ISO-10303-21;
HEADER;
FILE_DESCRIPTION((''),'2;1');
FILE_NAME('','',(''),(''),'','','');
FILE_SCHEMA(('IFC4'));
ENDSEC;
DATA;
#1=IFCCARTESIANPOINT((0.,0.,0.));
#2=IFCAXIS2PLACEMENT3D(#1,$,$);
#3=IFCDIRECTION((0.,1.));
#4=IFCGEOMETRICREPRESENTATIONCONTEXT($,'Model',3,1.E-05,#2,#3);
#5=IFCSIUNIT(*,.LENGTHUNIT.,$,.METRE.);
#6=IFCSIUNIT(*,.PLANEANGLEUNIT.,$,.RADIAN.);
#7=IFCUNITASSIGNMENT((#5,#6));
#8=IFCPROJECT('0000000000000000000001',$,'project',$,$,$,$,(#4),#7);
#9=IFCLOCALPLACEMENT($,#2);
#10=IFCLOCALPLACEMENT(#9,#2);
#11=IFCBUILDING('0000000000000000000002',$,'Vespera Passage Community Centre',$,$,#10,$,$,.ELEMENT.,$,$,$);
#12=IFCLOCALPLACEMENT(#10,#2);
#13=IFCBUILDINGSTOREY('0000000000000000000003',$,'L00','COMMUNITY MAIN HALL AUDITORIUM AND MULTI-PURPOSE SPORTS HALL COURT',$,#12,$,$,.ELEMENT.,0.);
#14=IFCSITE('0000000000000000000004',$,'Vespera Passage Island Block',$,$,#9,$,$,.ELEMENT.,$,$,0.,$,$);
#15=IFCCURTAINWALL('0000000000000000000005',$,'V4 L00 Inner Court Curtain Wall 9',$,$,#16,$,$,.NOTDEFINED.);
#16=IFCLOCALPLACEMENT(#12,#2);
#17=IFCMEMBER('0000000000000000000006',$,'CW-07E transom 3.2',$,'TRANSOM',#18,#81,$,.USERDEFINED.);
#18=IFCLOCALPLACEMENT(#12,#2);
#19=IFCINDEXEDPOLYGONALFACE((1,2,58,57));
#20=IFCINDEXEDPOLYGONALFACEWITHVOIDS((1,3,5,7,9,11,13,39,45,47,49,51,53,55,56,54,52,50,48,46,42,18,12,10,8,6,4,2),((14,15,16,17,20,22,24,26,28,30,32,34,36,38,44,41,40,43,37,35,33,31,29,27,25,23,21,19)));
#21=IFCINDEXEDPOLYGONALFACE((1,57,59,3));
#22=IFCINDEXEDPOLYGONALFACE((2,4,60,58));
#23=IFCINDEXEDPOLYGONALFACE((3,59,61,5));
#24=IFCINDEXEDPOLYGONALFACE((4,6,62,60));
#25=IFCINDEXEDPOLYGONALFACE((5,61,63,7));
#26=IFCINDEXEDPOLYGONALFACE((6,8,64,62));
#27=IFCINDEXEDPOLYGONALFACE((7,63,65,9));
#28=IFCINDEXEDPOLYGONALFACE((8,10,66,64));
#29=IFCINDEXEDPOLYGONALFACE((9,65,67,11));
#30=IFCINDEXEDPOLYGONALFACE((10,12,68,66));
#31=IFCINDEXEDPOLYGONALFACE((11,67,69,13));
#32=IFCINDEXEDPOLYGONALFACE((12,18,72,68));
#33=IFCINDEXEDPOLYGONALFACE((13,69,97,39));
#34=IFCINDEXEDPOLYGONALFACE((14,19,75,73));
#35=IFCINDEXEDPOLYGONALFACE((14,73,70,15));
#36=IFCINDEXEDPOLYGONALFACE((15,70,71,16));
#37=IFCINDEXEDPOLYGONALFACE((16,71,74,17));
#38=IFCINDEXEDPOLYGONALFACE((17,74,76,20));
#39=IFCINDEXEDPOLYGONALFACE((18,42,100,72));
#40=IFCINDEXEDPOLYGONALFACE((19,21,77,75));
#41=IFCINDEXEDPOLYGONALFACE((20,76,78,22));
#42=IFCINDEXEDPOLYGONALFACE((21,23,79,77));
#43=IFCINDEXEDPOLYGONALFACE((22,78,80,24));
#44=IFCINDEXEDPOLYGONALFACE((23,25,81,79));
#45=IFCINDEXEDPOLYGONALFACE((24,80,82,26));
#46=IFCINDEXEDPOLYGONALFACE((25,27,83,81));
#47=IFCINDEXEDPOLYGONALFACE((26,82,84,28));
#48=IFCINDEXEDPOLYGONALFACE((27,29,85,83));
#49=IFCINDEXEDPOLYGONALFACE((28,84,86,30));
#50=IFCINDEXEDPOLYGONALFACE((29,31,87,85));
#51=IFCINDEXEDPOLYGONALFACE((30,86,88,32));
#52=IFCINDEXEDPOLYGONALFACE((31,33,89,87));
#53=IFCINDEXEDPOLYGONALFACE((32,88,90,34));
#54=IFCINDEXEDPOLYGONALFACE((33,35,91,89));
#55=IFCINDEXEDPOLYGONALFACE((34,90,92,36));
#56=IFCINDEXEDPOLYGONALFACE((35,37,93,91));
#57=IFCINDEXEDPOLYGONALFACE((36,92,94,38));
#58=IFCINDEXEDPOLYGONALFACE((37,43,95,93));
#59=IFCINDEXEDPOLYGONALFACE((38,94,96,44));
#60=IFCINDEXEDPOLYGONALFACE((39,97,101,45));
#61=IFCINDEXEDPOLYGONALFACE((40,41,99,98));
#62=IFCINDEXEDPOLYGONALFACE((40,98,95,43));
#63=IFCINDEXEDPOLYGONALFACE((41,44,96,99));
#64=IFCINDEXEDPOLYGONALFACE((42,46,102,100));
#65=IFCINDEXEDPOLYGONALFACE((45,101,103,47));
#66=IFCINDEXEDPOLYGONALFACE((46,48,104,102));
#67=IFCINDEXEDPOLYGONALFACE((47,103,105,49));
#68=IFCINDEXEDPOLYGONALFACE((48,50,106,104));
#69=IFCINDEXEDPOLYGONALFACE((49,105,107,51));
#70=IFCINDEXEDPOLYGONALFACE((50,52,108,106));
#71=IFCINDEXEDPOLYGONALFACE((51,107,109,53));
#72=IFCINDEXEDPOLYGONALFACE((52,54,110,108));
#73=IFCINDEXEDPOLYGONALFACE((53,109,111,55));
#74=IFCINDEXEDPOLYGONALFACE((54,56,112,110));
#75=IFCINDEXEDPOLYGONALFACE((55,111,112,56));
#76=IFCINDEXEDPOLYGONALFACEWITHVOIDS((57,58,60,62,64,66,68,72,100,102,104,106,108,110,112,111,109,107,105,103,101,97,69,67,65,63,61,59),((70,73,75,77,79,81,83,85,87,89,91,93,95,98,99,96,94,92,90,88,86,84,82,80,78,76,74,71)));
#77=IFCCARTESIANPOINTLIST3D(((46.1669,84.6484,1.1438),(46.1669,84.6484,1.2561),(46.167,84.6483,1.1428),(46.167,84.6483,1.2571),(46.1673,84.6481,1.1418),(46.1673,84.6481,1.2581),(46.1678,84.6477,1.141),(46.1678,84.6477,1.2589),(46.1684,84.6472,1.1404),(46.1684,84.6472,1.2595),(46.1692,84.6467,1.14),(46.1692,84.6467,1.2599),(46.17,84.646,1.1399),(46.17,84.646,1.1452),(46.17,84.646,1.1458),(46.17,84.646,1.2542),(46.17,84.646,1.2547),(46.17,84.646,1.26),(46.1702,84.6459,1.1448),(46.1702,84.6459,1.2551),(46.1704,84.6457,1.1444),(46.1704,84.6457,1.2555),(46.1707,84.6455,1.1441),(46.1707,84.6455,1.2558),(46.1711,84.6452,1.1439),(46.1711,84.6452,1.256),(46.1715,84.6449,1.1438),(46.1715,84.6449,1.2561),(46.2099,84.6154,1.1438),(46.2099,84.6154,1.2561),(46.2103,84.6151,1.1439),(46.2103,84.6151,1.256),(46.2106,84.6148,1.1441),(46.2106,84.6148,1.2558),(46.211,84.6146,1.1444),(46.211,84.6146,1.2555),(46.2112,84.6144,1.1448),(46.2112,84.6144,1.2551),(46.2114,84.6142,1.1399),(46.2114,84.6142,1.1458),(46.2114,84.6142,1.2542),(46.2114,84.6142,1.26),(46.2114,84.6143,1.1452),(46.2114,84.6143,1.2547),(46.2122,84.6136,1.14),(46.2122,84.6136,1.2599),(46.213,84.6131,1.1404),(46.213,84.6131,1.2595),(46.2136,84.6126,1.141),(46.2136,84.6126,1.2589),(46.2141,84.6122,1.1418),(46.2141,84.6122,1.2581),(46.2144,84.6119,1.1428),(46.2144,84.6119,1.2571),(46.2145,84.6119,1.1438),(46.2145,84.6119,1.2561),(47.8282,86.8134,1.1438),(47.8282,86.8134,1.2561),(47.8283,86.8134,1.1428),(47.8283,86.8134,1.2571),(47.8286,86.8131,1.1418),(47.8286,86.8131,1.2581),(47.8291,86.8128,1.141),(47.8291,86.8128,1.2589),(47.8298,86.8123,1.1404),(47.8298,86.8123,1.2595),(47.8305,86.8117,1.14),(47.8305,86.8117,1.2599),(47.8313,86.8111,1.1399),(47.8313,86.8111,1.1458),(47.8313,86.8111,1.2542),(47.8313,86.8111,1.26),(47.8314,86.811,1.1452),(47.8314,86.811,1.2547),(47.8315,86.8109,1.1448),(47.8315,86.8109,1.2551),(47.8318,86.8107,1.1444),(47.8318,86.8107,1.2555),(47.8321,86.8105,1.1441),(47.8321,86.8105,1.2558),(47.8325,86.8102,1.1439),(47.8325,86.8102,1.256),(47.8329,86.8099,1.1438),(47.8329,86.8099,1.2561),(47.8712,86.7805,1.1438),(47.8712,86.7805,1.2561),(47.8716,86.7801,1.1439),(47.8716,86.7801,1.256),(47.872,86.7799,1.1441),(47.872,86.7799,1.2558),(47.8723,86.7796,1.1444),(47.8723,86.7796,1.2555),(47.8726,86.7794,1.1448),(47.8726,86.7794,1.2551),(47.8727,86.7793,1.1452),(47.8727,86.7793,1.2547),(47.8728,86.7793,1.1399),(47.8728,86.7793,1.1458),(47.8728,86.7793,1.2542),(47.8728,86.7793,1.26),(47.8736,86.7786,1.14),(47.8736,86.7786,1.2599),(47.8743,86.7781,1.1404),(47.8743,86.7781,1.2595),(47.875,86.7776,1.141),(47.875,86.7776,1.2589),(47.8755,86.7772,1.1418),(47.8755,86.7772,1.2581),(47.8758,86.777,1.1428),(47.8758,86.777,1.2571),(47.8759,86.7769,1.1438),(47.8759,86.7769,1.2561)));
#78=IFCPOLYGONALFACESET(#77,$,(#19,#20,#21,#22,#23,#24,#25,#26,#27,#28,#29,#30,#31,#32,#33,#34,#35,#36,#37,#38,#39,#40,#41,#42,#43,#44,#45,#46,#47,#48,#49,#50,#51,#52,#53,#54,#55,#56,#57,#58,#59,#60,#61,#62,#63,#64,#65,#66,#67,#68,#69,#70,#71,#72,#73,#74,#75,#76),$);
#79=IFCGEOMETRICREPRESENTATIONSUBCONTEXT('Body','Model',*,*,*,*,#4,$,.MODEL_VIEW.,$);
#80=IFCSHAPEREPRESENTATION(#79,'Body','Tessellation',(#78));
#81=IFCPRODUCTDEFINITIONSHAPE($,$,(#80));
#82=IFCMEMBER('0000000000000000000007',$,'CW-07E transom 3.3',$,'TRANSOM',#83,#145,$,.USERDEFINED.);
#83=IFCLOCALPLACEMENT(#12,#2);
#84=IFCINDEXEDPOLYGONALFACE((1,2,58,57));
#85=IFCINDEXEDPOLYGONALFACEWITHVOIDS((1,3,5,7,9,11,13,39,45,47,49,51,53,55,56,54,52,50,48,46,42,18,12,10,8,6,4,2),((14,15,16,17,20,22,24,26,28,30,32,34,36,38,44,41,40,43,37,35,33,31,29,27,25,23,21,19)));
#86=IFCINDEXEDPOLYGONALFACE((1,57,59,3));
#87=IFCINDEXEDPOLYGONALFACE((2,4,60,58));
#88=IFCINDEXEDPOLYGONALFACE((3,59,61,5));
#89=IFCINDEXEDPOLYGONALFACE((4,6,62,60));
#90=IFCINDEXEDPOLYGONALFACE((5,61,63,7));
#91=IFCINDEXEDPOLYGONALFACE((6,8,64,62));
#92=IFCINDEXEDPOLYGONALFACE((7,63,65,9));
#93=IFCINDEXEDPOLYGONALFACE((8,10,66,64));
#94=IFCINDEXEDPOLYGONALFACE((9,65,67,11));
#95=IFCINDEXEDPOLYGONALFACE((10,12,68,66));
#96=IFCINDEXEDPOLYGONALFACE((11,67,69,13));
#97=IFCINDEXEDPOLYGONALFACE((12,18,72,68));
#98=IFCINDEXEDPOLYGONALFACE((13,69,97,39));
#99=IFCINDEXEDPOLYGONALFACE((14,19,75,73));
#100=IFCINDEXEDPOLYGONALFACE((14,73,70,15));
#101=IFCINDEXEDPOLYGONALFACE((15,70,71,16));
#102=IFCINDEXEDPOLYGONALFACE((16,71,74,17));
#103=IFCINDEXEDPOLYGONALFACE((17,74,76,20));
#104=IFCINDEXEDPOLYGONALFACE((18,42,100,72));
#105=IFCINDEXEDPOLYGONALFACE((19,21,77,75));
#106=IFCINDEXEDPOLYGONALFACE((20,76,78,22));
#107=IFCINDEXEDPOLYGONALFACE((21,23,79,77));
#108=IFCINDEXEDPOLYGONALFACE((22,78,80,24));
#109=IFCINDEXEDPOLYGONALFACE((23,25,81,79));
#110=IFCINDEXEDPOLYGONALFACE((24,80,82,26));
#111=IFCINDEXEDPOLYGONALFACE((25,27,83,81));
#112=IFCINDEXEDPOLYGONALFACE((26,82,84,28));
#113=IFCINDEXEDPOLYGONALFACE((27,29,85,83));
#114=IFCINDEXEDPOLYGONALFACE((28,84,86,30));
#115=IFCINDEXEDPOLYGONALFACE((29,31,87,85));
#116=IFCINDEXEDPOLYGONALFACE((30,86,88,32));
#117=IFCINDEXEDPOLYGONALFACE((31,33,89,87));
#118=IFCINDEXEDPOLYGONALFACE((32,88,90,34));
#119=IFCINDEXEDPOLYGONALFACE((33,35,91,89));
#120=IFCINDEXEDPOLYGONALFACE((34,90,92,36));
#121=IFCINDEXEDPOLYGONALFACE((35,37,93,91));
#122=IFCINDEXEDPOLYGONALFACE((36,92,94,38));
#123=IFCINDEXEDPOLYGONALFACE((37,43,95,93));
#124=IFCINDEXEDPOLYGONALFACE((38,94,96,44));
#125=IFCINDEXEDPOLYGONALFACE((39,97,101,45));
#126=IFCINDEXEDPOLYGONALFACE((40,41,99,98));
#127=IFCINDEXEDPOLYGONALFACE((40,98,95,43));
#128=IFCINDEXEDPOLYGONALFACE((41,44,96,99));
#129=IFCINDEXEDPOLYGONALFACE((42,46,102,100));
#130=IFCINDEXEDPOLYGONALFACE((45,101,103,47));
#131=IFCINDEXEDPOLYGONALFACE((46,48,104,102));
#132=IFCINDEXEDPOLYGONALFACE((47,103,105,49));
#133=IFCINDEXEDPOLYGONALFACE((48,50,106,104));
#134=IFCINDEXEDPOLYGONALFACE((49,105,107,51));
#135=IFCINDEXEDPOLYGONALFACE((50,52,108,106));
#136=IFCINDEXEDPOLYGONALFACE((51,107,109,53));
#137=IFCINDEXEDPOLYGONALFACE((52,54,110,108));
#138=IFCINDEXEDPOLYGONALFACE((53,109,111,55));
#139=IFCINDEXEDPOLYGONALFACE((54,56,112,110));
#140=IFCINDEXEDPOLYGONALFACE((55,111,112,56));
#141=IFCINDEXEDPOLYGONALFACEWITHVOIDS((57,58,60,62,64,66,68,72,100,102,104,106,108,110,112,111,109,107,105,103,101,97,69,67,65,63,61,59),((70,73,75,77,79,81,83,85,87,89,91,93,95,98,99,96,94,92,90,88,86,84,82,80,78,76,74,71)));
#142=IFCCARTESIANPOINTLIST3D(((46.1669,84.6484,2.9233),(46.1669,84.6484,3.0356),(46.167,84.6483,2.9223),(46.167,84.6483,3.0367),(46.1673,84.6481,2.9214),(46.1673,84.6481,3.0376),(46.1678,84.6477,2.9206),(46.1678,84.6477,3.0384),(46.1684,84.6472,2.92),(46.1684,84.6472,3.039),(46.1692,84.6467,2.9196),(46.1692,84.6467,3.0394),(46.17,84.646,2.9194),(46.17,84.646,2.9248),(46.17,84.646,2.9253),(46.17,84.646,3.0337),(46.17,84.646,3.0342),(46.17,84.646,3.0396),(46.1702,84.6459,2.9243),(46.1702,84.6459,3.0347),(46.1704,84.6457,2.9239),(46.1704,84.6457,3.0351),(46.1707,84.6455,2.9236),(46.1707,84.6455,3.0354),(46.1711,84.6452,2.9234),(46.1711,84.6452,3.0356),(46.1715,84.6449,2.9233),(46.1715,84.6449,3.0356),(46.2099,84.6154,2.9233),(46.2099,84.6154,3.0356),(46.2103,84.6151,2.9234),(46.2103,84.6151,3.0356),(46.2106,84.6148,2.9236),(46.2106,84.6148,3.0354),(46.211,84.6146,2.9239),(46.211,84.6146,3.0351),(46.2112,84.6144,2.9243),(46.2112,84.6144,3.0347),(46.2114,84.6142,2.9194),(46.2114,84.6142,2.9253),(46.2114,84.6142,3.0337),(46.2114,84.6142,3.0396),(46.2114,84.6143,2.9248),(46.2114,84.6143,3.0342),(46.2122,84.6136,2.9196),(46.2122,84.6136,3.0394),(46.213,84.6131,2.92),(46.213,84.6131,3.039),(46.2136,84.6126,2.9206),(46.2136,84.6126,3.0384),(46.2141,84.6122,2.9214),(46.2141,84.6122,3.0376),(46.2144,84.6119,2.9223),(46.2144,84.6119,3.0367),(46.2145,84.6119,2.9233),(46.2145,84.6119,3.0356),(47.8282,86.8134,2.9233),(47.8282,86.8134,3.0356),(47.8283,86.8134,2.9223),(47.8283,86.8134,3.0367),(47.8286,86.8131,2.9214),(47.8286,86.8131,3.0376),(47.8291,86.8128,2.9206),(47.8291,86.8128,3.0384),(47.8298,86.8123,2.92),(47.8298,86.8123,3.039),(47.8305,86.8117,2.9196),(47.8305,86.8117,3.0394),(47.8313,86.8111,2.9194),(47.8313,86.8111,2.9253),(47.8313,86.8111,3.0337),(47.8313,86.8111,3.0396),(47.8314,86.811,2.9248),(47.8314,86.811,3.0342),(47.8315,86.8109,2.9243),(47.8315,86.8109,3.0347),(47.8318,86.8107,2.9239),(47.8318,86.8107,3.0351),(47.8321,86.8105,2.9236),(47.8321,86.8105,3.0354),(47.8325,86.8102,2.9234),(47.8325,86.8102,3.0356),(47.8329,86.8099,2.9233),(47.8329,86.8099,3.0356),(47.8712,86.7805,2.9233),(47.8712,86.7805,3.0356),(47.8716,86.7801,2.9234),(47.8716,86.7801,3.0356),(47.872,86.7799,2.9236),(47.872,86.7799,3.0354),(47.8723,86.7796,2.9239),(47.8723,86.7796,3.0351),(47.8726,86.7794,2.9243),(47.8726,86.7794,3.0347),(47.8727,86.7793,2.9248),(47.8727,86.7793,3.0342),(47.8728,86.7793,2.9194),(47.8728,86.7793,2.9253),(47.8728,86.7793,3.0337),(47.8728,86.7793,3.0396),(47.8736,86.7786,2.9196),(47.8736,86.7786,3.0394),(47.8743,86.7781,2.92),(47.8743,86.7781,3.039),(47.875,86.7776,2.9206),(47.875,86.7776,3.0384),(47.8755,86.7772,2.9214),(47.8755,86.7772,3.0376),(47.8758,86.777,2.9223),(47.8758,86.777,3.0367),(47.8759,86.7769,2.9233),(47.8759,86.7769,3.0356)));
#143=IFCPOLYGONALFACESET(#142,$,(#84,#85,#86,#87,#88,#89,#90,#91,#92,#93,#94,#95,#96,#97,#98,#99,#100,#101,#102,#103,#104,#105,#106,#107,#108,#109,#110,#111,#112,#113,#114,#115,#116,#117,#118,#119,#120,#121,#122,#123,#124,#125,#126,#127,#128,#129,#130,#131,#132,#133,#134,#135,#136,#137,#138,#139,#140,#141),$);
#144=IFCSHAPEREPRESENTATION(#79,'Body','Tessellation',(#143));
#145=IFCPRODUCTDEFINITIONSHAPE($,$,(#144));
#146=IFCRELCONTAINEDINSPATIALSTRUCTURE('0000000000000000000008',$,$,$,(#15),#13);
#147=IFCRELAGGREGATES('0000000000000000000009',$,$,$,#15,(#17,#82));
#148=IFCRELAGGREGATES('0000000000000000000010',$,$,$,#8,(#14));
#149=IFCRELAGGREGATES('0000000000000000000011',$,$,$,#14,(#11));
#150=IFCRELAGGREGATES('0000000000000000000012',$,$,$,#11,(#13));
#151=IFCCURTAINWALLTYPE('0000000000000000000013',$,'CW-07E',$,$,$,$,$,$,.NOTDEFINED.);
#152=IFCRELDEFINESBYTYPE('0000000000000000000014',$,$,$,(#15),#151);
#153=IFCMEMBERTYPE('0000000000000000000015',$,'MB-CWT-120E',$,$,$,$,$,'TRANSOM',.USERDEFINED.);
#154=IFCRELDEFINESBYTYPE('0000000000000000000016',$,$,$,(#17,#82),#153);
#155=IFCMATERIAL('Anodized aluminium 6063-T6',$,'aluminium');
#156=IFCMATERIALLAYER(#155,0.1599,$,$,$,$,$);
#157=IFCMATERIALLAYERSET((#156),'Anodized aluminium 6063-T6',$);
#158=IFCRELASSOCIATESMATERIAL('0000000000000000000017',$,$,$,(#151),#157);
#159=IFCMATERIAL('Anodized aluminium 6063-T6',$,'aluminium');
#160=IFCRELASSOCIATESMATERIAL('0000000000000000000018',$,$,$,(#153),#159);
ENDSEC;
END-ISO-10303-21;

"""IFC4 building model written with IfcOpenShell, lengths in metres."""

from ifc_helpers import new_model, si_unit, direction, frame, origin, origin_2d, place, context, subcontext, project, spatial, hollow_rectangle, extrude, material, layer, layer_set, material_profile, profile_set, type_object, element, aggregate, save


model = new_model("IFC4")

# Units and contexts
model_context = context("Model", 3, precision=1e-05, world=origin(), true_north=direction((0.0, 1.0)))
body_context = subcontext(model_context, "Body", "Model", "MODEL_VIEW")
ifc_project = project(units=[si_unit("LENGTHUNIT", "METRE"), si_unit("PLANEANGLEUNIT", "RADIAN")], contexts=[model_context])

# Site, building, storey
site_placement = place(None, origin())
site = spatial("IfcSite", under=ifc_project, at=site_placement, Name="Vespera Passage Island Block", CompositionType="ELEMENT", RefElevation=0.0)
building_placement = place(site_placement, origin())
building = spatial("IfcBuilding", under=site, at=building_placement, Name="Vespera Passage Community Centre", CompositionType="ELEMENT")
storey_placement = place(building_placement, origin())
storey = spatial("IfcBuildingStorey", under=building, at=storey_placement, Name="L00", Description="COMMUNITY MAIN HALL AUDITORIUM AND MULTI-PURPOSE SPORTS HALL COURT", CompositionType="ELEMENT", Elevation=0.0)

# Curtain wall
ifc_material_1 = material(Name="Anodized aluminium 6063-T6", Category="aluminium")
ifc_layer_1 = layer(ifc_material_1, 0.1599)
ifc_layer_set_1 = layer_set([ifc_layer_1], Name="Anodized aluminium 6063-T6")
curtain_wall_type_1 = type_object("IfcCurtainWallType", Name="CW-07E", PredefinedType="NOTDEFINED", material=ifc_layer_set_1)
curtain_wall_1_placement = place(storey_placement, origin())
curtain_wall_1 = element("IfcCurtainWall", 1, at=curtain_wall_1_placement, inside=storey, type_object=curtain_wall_type_1, Name="V4 L00 Inner Court Curtain Wall 9", PredefinedType="NOTDEFINED")

# Members
ifc_material_2 = material(Name="Anodized aluminium 6063-T6", Category="aluminium")
ifc_material_profile_1 = material_profile(ifc_material_2, hollow_rectangle(XDim=0.0601, YDim=0.1201, WallThickness=0.0039, InnerFilletRadius=0.002, OuterFilletRadius=0.0039, at=origin_2d()), Name="ALU120X60X4")
ifc_profile_set_1 = profile_set([ifc_material_profile_1], Name="Anodized aluminium 6063-T6")
member_type_1 = type_object("IfcMemberType", Name="MB-CWT-120E", ElementType="TRANSOM", PredefinedType="USERDEFINED", material=ifc_profile_set_1)
member_1_placement = place(storey_placement, frame((47.8521, 86.7952, 1.2), z_axis=(-0.608781, -0.793338, 0.0), x_axis=(0.793338, -0.608781, 0.0)))
member_1 = element("IfcMember", 2, at=member_1_placement, type_object=member_type_1, Name="CW-07E transom 3.2", ObjectType="TRANSOM", PredefinedType="USERDEFINED", context=body_context, shape_type="SweptSolid", body=[
    extrude(hollow_rectangle(XDim=0.0601, YDim=0.1201, WallThickness=0.0039, InnerFilletRadius=0.002, OuterFilletRadius=0.0039, at=origin_2d()), origin(), (0.0, 0.0, 1.0), 2.729),
])
member_2_placement = place(storey_placement, frame((47.8521, 86.7952, 2.9795), z_axis=(-0.608781, -0.793338, 0.0), x_axis=(0.793338, -0.608781, 0.0)))
member_2 = element("IfcMember", 3, at=member_2_placement, type_object=member_type_1, Name="CW-07E transom 3.3", ObjectType="TRANSOM", PredefinedType="USERDEFINED", context=body_context, shape_type="SweptSolid", body=[
    extrude(hollow_rectangle(XDim=0.0601, YDim=0.1201, WallThickness=0.0039, InnerFilletRadius=0.002, OuterFilletRadius=0.0039, at=origin_2d()), origin(), (0.0, 0.0, 1.0), 2.729),
])

aggregate(curtain_wall_1, [member_1, member_2])

save(model, "model.ifc")
